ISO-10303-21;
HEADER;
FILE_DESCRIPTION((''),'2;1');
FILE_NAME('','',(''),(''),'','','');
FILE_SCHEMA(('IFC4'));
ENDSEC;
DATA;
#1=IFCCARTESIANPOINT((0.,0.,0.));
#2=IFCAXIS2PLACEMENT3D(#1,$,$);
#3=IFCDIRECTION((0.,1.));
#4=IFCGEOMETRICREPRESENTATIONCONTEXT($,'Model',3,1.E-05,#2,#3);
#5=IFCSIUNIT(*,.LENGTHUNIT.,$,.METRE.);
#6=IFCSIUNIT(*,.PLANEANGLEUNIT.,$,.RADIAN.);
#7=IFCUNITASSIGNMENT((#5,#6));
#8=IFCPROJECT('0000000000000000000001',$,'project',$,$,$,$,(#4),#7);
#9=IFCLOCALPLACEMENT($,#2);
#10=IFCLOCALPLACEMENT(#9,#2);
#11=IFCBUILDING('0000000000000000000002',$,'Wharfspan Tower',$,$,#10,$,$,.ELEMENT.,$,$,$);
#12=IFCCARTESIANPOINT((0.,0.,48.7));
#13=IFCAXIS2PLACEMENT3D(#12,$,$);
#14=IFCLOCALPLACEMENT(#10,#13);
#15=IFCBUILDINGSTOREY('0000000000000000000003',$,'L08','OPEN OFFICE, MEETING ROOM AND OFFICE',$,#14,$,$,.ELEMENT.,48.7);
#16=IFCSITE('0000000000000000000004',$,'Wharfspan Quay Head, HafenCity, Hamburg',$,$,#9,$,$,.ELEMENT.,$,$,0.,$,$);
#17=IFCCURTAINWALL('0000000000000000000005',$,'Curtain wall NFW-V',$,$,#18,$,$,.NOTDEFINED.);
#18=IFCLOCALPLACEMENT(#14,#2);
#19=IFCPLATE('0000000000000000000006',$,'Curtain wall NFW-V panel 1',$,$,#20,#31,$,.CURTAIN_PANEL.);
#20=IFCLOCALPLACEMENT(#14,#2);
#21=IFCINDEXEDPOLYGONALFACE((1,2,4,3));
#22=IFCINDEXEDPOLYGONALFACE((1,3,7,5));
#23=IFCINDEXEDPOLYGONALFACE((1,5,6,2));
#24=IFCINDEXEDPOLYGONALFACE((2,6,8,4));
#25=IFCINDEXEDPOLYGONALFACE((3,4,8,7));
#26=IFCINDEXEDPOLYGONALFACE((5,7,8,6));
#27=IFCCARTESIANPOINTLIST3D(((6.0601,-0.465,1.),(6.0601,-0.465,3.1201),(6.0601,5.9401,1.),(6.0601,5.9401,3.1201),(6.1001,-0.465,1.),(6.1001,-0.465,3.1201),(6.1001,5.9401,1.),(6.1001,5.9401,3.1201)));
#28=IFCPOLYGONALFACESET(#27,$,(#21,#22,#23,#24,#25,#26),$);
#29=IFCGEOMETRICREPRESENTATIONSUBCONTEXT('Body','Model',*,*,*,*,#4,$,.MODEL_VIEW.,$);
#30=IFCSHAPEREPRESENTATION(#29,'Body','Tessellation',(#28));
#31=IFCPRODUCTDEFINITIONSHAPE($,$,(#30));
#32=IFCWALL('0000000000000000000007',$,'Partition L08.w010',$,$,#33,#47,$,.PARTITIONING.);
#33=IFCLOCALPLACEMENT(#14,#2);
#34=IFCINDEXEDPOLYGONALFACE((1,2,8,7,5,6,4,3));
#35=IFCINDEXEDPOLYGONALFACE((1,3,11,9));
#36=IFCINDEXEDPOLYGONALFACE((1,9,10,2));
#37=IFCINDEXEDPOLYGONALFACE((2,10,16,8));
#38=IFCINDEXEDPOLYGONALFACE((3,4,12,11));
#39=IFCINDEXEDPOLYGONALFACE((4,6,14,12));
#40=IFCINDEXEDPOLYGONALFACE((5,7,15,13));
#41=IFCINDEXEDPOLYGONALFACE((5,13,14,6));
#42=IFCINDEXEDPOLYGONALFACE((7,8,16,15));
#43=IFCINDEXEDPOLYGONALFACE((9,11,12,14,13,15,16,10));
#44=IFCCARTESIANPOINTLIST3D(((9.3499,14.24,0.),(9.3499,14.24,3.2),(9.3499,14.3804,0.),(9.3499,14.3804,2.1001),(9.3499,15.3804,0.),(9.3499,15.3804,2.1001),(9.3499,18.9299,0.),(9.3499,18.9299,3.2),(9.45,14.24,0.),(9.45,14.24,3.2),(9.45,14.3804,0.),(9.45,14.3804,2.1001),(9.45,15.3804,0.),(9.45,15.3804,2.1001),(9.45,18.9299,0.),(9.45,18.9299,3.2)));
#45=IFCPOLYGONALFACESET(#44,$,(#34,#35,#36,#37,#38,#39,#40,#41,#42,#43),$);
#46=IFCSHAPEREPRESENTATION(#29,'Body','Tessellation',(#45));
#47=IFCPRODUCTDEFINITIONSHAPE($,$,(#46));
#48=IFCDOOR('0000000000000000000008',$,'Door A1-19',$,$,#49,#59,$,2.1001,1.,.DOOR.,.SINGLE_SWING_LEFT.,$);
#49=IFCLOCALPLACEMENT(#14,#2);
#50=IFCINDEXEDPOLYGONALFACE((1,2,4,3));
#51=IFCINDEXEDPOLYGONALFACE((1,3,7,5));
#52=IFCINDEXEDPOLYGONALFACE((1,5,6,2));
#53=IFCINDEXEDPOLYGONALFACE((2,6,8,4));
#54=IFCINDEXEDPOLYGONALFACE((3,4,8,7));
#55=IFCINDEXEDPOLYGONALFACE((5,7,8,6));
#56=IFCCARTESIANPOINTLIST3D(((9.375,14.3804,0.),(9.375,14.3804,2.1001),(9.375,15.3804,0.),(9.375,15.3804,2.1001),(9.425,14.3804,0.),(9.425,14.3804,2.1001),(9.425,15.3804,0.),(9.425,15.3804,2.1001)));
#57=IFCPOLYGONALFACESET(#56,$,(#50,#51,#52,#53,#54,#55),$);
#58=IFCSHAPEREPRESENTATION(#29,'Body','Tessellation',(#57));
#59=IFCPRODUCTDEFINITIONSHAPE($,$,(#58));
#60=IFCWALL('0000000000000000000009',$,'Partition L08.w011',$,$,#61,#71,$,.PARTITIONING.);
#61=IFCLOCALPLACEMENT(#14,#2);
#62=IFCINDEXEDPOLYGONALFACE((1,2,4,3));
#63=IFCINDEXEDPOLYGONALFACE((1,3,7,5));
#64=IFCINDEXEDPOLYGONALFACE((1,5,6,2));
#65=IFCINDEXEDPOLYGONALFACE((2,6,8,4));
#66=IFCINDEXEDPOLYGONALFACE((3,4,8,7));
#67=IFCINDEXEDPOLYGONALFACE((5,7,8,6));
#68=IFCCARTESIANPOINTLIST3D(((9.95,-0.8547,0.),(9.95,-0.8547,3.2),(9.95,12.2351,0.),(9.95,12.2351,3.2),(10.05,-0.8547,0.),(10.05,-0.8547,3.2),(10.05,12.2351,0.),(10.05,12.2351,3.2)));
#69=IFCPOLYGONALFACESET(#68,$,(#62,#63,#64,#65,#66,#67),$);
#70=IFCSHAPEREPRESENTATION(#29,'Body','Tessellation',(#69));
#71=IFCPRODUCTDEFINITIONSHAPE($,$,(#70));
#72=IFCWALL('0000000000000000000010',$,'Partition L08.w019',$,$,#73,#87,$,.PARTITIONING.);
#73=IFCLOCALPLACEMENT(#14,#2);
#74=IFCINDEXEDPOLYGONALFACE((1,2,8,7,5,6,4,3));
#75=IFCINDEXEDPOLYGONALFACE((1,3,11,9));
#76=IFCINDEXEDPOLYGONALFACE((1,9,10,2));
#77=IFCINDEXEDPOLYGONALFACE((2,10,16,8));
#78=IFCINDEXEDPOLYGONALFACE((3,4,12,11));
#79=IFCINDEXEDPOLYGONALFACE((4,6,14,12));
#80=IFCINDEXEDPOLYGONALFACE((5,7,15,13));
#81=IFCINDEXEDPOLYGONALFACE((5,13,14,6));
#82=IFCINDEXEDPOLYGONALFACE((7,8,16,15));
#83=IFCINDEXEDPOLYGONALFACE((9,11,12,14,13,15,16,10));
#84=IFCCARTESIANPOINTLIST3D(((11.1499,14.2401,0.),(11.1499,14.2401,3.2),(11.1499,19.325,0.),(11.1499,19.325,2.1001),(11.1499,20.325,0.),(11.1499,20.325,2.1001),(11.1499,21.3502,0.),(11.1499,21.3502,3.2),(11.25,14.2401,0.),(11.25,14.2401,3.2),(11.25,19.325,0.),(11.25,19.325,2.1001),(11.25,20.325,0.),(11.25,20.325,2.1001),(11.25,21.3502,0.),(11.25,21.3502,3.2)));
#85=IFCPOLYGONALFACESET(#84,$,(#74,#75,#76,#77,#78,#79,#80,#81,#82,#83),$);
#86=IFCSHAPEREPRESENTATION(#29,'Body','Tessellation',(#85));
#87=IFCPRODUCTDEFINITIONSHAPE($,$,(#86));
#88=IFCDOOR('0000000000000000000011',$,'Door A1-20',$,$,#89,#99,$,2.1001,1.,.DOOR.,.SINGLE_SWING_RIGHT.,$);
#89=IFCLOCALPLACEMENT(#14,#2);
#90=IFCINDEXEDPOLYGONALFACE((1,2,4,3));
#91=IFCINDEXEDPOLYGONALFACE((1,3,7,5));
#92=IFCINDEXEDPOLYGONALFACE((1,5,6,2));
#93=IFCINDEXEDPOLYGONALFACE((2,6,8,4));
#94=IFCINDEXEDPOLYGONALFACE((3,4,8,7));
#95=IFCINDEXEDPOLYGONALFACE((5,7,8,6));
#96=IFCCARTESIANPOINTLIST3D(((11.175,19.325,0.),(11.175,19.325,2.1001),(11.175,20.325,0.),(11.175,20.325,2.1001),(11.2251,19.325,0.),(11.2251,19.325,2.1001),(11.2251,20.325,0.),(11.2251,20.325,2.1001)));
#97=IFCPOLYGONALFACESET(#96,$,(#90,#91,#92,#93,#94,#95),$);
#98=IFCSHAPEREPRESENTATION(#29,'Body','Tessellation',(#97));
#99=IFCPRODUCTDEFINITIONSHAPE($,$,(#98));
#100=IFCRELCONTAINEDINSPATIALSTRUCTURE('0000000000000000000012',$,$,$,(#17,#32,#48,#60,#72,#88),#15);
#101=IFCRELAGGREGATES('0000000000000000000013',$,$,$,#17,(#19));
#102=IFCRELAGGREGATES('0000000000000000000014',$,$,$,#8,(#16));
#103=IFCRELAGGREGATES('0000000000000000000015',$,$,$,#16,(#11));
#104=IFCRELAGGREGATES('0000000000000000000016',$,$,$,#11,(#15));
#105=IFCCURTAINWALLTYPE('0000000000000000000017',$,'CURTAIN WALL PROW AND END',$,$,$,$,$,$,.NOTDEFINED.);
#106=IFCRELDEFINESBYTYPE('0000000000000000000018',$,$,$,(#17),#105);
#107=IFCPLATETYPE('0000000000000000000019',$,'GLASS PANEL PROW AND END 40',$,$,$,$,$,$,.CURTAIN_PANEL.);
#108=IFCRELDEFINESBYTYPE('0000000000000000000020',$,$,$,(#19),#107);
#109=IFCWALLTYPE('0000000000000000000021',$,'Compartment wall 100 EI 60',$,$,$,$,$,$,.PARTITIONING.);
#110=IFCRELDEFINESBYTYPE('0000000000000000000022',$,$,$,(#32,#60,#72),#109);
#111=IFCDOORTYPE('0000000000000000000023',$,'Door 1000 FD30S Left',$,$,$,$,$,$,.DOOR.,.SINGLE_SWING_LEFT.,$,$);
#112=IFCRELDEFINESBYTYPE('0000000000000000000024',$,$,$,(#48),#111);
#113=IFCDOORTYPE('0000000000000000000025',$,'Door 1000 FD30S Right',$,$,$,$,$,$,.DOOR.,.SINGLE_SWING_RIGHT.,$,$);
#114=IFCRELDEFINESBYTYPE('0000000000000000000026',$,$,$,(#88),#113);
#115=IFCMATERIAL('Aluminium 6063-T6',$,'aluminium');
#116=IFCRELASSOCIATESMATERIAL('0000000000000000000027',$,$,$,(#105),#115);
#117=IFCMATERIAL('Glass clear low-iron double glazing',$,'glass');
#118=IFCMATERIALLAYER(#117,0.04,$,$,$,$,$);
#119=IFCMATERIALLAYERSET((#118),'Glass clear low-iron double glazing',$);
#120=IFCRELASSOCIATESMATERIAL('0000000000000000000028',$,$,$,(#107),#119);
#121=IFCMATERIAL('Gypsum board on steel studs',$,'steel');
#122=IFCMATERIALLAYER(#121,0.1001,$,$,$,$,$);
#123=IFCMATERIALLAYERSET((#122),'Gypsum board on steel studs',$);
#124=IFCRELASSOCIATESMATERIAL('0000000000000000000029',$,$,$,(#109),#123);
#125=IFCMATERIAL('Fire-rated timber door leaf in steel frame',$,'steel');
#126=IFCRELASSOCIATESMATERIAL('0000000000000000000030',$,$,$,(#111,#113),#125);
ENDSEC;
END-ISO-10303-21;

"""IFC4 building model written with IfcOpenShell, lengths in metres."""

from ifc_helpers import new_model, si_unit, direction, frame, frame_2d, origin, origin_2d, place, context, subcontext, project, spatial, rectangle, extrude, material, layer, layer_set, type_object, element, fill, aggregate, save


model = new_model("IFC4")

# Units and contexts
model_context = context("Model", 3, precision=1e-05, world=origin(), true_north=direction((0.0, 1.0)))
body_context = subcontext(model_context, "Body", "Model", "MODEL_VIEW")
ifc_project = project(units=[si_unit("LENGTHUNIT", "METRE"), si_unit("PLANEANGLEUNIT", "RADIAN")], contexts=[model_context])

# Site, building, storey
site_placement = place(None, origin())
site = spatial("IfcSite", under=ifc_project, at=site_placement, Name="Wharfspan Quay Head, HafenCity, Hamburg", CompositionType="ELEMENT", RefElevation=0.0)
building_placement = place(site_placement, origin())
building = spatial("IfcBuilding", under=site, at=building_placement, Name="Wharfspan Tower", CompositionType="ELEMENT")
storey_placement = place(building_placement, frame((0.0, 0.0, 48.7)))
storey = spatial("IfcBuildingStorey", under=building, at=storey_placement, Name="L08", Description="OPEN OFFICE, MEETING ROOM AND OFFICE", CompositionType="ELEMENT", Elevation=48.7)

# Shared definitions
ifc_material_1 = material(Name="Aluminium 6063-T6", Category="aluminium")
ifc_material_2 = material(Name="Glass clear low-iron double glazing", Category="glass")

# Curtain wall, plate
curtain_wall_type_1 = type_object("IfcCurtainWallType", Name="CURTAIN WALL PROW AND END", PredefinedType="NOTDEFINED", material=ifc_material_1)
curtain_wall_1_placement = place(storey_placement, origin())
curtain_wall_1 = element("IfcCurtainWall", 1, at=curtain_wall_1_placement, inside=storey, type_object=curtain_wall_type_1, Name="Curtain wall NFW-V", PredefinedType="NOTDEFINED")
ifc_layer_1 = layer(ifc_material_2, 0.04)
ifc_layer_set_1 = layer_set([ifc_layer_1], Name="Glass clear low-iron double glazing")
plate_type_1 = type_object("IfcPlateType", Name="GLASS PANEL PROW AND END 40", PredefinedType="CURTAIN_PANEL", material=ifc_layer_set_1)
plate_1_placement = place(storey_placement, frame((6.0801, 2.7375, 1.0), z_axis=(0.0, 0.0, 1.0), x_axis=(0.0, -1.0, 0.0)))
plate_1 = element("IfcPlate", 2, at=plate_1_placement, type_object=plate_type_1, Name="Curtain wall NFW-V panel 1", PredefinedType="CURTAIN_PANEL", context=body_context, shape_type="SweptSolid", body=[
    extrude(rectangle(XDim=6.405, YDim=0.04, at=origin_2d()), origin(), (0.0, 0.0, 1.0), 2.1201),
])
aggregate(curtain_wall_1, [plate_1])

# Wall, opening, door
ifc_material_3 = material(Name="Gypsum board on steel studs", Category="steel")
ifc_layer_2 = layer(ifc_material_3, 0.1001)
ifc_layer_set_2 = layer_set([ifc_layer_2], Name="Gypsum board on steel studs")
wall_type = type_object("IfcWallType", Name="Compartment wall 100 EI 60", PredefinedType="PARTITIONING", material=ifc_layer_set_2)
wall_1_placement = place(storey_placement, frame((9.3999, 14.24, 0.0), z_axis=(0.0, 0.0, 1.0), x_axis=(0.0, 1.0, 0.0)))
wall_1 = element("IfcWall", 3, at=wall_1_placement, inside=storey, type_object=wall_type, Name="Partition L08.w010", PredefinedType="PARTITIONING", context=body_context, shape_type="SweptSolid", body=[
    extrude(rectangle(XDim=4.6899, YDim=0.1001, at=frame_2d((2.345, 0.0))), origin(), (0.0, 0.0, 1.0), 3.2),
])
opening_1_placement = place(wall_1_placement, frame((0.1404, 0.0, 0.0)))
opening_1 = element("IfcOpeningElement", 4, at=opening_1_placement, cuts=wall_1, PredefinedType="OPENING", context=body_context, shape_type="SweptSolid", body=[
    extrude(rectangle(XDim=1.0, YDim=2.1001, at=frame_2d((0.5, 1.05))), frame((0.0, 0.0601, 0.0), z_axis=(0.0, -1.0, 0.0), x_axis=(1.0, 0.0, 0.0)), (0.0, 0.0, 1.0), 0.1201),
])
ifc_material_4 = material(Name="Fire-rated timber door leaf in steel frame", Category="steel")
door_type_1 = type_object("IfcDoorType", Name="Door 1000 FD30S Left", OperationType="SINGLE_SWING_LEFT", PredefinedType="DOOR", material=ifc_material_4)
door_1_placement = place(opening_1_placement, origin())
door_1 = element("IfcDoor", 5, at=door_1_placement, inside=storey, type_object=door_type_1, Name="Door A1-19", OperationType="SINGLE_SWING_LEFT", OverallHeight=2.1001, OverallWidth=1.0, PredefinedType="DOOR", context=body_context, shape_type="SweptSolid", body=[
    extrude(rectangle(XDim=1.0, YDim=2.1001, at=frame_2d((0.5, 1.05))), frame((0.0, 0.0249, 0.0), z_axis=(0.0, -1.0, 0.0), x_axis=(1.0, 0.0, 0.0)), (0.0, 0.0, 1.0), 0.05),
])
fill(opening_1, door_1)

# Wall
wall_2_placement = place(storey_placement, frame((10.0, -0.8547, 0.0), z_axis=(0.0, 0.0, 1.0), x_axis=(0.0, 1.0, 0.0)))
element("IfcWall", 6, at=wall_2_placement, inside=storey, type_object=wall_type, Name="Partition L08.w011", PredefinedType="PARTITIONING", context=body_context, shape_type="SweptSolid", body=[
    extrude(rectangle(XDim=13.0898, YDim=0.1001, at=frame_2d((6.5449, 0.0))), origin(), (0.0, 0.0, 1.0), 3.2),
])

# Wall, opening, door
wall_3_placement = place(storey_placement, frame((11.2, 14.24, 0.0), z_axis=(0.0, 0.0, 1.0), x_axis=(0.0, 1.0, 0.0)))
wall_3 = element("IfcWall", 7, at=wall_3_placement, inside=storey, type_object=wall_type, Name="Partition L08.w019", PredefinedType="PARTITIONING", context=body_context, shape_type="SweptSolid", body=[
    extrude(rectangle(XDim=7.1101, YDim=0.1001, at=frame_2d((3.5552, 0.0))), origin(), (0.0, 0.0, 1.0), 3.2),
])
opening_2_placement = place(wall_3_placement, frame((5.085, 0.0, 0.0)))
opening_2 = element("IfcOpeningElement", 8, at=opening_2_placement, cuts=wall_3, PredefinedType="OPENING", context=body_context, shape_type="SweptSolid", body=[
    extrude(rectangle(XDim=1.0, YDim=2.1001, at=frame_2d((0.5, 1.05))), frame((0.0, 0.0601, 0.0), z_axis=(0.0, -1.0, 0.0), x_axis=(1.0, 0.0, 0.0)), (0.0, 0.0, 1.0), 0.1201),
])
door_type_2 = type_object("IfcDoorType", Name="Door 1000 FD30S Right", OperationType="SINGLE_SWING_RIGHT", PredefinedType="DOOR", material=ifc_material_4)
door_2_placement = place(opening_2_placement, origin())
door_2 = element("IfcDoor", 9, at=door_2_placement, inside=storey, type_object=door_type_2, Name="Door A1-20", OperationType="SINGLE_SWING_RIGHT", OverallHeight=2.1001, OverallWidth=1.0, PredefinedType="DOOR", context=body_context, shape_type="SweptSolid", body=[
    extrude(rectangle(XDim=1.0, YDim=2.1001, at=frame_2d((0.5, 1.05))), frame((0.0, 0.0249, 0.0), z_axis=(0.0, -1.0, 0.0), x_axis=(1.0, 0.0, 0.0)), (0.0, 0.0, 1.0), 0.05),
])
fill(opening_2, door_2)

save(model, "model.ifc")
